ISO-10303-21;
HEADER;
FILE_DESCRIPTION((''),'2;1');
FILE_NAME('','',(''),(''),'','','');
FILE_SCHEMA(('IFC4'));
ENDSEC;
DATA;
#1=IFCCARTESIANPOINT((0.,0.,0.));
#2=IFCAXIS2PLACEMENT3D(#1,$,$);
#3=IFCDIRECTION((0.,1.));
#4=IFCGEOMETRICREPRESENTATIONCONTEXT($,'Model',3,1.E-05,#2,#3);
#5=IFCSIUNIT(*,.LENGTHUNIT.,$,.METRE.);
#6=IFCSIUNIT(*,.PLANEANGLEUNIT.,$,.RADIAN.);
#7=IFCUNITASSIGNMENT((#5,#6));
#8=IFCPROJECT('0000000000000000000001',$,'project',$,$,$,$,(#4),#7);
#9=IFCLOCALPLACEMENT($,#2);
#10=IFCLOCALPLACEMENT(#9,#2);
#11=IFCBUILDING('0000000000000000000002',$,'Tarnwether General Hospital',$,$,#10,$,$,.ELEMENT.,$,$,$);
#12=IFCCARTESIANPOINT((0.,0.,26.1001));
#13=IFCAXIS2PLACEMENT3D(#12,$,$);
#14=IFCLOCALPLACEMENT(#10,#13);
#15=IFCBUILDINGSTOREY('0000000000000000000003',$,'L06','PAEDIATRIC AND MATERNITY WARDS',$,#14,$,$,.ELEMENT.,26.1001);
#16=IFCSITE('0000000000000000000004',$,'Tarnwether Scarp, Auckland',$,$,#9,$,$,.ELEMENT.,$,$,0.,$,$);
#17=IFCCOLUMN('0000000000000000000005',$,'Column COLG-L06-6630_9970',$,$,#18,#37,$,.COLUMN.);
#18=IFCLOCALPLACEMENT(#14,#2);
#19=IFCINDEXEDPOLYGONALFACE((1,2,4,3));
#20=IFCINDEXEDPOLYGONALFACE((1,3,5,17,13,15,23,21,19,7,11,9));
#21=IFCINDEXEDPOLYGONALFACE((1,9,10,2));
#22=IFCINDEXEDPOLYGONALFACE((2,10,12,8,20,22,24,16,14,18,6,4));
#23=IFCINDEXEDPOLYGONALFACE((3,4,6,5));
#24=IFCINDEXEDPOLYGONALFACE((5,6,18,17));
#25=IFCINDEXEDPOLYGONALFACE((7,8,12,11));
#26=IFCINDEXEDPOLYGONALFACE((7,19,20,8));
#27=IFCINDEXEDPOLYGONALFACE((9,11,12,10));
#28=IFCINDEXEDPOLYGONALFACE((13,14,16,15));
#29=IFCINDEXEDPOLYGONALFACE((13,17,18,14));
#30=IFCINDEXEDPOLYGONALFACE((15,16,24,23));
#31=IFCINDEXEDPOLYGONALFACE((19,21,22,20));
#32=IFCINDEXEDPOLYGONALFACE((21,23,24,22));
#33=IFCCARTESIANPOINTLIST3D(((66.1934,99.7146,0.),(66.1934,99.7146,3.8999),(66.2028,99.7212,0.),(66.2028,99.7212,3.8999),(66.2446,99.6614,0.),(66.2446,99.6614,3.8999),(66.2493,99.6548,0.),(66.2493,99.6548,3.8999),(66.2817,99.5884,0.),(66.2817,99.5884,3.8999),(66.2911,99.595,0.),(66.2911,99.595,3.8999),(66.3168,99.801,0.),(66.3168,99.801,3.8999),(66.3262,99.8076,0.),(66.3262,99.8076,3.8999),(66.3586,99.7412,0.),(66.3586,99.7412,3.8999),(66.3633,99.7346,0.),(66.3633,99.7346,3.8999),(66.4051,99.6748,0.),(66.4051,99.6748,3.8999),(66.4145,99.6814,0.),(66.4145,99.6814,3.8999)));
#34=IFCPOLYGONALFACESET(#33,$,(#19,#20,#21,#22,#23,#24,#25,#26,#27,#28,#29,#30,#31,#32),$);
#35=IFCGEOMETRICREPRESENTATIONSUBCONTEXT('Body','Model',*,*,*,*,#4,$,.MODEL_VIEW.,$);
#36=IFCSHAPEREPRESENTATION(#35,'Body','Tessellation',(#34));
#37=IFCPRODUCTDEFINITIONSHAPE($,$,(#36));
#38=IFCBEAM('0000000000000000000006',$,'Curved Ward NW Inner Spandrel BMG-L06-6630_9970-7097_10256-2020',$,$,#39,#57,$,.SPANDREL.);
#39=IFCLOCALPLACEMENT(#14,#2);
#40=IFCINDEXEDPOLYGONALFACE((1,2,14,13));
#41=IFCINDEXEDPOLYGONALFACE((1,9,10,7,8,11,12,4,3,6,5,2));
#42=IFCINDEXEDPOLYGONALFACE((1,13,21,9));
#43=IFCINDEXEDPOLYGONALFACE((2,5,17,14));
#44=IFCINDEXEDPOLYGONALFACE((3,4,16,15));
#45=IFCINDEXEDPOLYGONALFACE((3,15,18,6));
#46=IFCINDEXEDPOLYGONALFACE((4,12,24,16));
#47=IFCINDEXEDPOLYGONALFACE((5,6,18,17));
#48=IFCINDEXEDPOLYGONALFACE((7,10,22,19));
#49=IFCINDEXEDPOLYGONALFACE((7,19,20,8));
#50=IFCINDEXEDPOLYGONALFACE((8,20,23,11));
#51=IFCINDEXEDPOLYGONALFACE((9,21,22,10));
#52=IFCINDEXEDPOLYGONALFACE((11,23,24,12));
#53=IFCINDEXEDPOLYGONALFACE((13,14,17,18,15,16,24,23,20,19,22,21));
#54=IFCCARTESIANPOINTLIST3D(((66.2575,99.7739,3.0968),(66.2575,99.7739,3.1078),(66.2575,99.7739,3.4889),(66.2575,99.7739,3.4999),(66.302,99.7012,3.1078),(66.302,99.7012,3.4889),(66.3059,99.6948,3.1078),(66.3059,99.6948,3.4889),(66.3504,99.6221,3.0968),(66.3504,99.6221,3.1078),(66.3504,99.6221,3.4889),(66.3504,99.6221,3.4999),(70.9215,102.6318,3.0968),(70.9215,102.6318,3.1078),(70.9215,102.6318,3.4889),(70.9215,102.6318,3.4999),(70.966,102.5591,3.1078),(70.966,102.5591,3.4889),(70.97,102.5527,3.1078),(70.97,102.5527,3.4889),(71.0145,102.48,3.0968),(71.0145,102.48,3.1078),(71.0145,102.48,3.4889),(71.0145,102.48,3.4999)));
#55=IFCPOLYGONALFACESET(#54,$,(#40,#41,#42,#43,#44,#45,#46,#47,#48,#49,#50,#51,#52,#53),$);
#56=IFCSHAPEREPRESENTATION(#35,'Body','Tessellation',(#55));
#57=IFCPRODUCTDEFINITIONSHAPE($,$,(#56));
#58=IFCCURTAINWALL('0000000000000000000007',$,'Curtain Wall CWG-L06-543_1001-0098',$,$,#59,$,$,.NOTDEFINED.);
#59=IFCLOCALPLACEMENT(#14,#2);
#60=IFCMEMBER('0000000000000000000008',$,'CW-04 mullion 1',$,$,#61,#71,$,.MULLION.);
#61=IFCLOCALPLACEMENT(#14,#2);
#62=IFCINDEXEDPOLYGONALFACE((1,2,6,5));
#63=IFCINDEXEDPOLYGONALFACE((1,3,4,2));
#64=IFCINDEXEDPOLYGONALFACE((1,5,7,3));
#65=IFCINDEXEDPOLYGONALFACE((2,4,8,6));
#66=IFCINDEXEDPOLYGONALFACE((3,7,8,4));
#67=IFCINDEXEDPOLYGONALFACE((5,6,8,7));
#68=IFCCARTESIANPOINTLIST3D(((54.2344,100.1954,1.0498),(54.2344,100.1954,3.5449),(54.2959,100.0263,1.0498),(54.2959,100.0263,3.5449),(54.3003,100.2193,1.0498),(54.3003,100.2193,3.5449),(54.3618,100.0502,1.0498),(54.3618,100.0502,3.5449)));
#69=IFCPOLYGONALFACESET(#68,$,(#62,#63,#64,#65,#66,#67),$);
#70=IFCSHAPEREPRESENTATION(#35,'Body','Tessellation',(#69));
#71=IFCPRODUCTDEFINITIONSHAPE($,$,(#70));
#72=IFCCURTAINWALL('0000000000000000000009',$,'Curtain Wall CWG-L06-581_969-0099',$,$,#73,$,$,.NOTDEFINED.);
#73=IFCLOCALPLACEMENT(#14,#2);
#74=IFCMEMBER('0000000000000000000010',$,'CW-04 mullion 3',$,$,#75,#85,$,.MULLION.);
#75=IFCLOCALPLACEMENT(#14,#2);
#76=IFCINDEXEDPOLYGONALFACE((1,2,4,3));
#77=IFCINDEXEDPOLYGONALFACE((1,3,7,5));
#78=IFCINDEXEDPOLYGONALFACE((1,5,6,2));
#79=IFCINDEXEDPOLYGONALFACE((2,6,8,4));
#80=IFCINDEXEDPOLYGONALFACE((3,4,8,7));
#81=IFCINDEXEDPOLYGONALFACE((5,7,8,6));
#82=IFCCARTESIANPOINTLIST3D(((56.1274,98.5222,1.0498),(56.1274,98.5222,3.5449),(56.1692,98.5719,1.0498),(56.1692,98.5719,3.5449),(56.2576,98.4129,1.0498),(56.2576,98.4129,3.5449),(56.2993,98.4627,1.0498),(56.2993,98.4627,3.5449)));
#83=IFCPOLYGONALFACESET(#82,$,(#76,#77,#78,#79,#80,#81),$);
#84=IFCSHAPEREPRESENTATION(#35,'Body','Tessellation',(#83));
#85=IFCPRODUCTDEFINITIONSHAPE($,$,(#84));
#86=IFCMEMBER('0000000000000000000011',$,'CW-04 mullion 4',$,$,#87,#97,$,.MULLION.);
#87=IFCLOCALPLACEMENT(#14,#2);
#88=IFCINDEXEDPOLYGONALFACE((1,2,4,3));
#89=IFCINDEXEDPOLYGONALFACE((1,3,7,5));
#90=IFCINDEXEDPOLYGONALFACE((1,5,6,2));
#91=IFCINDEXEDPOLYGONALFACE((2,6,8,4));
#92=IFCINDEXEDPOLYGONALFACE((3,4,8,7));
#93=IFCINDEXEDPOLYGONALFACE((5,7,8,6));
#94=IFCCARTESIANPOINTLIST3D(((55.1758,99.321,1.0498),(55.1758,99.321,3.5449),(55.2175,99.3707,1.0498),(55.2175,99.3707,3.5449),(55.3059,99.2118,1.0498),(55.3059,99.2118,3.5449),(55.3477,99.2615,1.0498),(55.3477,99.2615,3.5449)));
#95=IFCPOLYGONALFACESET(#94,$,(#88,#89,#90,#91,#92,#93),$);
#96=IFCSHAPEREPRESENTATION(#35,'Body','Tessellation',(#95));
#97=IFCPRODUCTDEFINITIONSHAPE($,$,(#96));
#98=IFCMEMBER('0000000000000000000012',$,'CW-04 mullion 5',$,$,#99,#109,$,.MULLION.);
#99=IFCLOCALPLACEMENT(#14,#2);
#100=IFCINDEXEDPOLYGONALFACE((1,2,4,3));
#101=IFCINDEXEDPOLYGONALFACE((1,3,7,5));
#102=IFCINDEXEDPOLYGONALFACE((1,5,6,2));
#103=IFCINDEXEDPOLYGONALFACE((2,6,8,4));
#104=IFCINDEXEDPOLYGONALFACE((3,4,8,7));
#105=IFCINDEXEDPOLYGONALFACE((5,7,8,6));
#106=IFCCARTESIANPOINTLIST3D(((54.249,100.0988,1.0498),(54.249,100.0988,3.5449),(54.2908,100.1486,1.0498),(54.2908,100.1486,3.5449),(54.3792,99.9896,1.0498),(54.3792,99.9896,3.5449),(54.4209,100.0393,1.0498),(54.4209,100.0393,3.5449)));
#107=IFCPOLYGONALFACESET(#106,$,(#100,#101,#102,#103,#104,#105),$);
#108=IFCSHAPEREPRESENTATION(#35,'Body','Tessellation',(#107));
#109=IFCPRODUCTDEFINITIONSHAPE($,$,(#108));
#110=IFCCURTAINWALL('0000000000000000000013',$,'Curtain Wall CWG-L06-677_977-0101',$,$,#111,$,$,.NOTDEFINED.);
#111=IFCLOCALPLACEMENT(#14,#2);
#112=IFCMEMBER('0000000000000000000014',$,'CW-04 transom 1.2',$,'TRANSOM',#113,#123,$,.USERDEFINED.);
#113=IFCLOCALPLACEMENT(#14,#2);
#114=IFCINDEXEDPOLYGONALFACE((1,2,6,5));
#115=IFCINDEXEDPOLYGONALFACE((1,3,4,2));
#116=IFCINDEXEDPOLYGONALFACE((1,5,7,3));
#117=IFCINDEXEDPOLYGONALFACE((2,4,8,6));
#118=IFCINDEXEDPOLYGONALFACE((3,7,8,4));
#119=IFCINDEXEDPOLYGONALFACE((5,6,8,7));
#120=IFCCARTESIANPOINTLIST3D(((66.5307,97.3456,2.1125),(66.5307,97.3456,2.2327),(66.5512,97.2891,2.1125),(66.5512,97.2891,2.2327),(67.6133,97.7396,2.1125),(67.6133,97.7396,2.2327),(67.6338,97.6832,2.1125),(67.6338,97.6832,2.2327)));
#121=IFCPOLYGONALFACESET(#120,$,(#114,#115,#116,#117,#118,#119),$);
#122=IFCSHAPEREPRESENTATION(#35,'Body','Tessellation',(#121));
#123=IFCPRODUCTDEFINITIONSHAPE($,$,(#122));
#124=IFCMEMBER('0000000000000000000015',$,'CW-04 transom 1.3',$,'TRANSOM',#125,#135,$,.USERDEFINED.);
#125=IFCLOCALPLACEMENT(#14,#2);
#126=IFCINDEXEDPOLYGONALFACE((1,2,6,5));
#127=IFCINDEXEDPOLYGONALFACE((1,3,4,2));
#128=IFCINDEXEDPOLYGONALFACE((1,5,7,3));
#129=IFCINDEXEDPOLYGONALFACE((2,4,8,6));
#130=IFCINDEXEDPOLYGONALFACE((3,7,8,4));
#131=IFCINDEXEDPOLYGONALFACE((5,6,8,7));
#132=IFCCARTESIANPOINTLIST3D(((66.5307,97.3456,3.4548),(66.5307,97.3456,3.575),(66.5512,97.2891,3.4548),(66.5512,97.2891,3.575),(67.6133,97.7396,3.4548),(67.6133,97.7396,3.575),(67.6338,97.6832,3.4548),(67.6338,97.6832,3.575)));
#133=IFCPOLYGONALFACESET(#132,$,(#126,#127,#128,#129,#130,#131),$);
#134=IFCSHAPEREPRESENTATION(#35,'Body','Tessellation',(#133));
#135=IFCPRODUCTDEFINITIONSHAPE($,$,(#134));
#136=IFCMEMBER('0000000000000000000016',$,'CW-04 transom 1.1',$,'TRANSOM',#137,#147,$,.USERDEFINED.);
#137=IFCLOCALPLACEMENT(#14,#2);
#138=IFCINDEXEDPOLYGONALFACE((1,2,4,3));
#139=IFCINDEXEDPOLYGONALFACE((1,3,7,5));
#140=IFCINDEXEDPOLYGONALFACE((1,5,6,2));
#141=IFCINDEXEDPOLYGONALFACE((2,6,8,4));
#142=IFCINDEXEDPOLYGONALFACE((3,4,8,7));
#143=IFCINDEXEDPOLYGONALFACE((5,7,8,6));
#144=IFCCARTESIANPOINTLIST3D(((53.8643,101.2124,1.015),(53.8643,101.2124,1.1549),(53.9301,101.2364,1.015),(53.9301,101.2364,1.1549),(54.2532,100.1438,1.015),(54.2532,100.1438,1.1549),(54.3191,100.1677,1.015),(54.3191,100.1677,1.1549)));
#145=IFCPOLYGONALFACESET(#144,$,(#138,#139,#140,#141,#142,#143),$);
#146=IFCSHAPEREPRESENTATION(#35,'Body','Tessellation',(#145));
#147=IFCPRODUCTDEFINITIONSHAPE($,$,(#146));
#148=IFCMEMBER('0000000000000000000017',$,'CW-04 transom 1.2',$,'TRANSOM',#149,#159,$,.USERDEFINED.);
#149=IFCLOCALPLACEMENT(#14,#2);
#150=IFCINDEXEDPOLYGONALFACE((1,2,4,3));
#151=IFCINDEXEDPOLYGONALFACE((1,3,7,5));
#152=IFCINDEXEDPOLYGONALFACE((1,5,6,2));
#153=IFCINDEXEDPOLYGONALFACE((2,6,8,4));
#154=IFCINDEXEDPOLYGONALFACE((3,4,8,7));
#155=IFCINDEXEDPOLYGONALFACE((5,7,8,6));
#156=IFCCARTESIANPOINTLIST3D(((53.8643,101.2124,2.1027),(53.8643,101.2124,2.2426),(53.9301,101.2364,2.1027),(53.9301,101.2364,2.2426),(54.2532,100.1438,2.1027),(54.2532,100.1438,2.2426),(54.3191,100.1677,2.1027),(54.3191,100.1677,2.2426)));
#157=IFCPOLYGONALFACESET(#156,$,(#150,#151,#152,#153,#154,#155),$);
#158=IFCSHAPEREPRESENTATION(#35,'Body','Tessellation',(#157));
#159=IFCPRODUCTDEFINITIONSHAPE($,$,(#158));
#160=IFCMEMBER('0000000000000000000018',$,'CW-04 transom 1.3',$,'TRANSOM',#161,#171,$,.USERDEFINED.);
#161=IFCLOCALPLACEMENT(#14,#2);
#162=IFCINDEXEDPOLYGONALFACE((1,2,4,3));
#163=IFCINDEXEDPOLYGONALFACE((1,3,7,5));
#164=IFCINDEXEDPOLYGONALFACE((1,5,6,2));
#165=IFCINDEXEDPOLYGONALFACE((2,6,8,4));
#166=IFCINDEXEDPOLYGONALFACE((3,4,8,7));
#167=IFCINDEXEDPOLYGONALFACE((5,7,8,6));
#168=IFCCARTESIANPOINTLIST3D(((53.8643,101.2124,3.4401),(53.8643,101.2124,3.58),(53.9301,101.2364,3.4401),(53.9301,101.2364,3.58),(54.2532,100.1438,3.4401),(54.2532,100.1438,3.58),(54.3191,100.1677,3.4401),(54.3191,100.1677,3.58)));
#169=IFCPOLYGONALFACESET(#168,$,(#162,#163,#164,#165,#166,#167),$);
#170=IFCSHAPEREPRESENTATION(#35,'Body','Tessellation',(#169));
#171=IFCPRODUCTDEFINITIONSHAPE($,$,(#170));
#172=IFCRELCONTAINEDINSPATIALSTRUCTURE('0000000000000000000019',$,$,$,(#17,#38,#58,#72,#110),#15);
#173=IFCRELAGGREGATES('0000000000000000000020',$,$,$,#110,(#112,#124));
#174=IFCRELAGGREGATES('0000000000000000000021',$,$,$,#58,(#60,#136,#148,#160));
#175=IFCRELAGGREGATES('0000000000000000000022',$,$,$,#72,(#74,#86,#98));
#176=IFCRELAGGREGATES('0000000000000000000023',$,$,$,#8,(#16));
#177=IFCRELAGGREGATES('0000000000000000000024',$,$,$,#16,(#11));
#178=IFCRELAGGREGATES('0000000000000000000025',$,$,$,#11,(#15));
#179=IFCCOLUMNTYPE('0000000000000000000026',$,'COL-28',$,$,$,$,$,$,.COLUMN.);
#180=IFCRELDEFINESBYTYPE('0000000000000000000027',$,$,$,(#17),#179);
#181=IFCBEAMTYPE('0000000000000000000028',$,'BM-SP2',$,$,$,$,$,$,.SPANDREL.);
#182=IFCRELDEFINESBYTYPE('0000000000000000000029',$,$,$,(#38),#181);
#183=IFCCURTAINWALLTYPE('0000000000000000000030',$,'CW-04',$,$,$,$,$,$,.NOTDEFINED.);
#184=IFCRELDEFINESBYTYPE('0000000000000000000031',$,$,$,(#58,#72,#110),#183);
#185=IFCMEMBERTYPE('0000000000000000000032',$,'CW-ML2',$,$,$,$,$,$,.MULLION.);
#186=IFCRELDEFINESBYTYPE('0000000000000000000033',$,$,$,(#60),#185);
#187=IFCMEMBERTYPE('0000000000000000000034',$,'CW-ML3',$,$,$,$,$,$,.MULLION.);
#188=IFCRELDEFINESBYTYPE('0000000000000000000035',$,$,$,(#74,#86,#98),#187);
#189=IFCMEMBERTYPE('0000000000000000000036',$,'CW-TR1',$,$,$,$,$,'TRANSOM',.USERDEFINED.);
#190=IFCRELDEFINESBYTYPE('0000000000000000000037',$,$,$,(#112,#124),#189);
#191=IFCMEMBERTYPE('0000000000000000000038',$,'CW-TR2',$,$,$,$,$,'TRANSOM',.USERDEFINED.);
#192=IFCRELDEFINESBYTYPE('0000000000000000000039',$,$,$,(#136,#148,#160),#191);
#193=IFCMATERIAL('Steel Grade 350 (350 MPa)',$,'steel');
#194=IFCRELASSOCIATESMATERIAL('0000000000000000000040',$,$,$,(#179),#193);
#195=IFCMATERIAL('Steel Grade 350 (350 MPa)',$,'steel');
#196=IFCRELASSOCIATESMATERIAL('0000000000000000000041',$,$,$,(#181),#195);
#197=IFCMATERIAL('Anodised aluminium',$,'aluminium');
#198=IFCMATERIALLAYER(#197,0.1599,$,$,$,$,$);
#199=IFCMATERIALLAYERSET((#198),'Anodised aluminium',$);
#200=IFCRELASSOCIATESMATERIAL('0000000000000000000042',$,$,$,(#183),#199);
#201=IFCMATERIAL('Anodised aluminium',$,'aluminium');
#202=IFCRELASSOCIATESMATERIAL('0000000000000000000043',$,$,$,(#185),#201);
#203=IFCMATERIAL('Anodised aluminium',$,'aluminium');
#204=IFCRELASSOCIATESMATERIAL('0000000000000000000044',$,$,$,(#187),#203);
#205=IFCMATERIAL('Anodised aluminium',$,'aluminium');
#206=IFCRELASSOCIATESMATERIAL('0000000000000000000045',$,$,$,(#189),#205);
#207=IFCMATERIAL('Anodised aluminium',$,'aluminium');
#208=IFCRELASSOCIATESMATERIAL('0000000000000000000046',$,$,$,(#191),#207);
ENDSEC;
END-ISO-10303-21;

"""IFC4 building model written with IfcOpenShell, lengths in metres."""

from ifc_helpers import new_model, si_unit, direction, frame, origin, origin_2d, place, context, subcontext, project, spatial, rectangle, i_section, extrude, material, layer, layer_set, material_profile, profile_set, type_object, element, aggregate, save


model = new_model("IFC4")

# Units and contexts
model_context = context("Model", 3, precision=1e-05, world=origin(), true_north=direction((0.0, 1.0)))
body_context = subcontext(model_context, "Body", "Model", "MODEL_VIEW")
ifc_project = project(units=[si_unit("LENGTHUNIT", "METRE"), si_unit("PLANEANGLEUNIT", "RADIAN")], contexts=[model_context])

# Site, building, storey
site_placement = place(None, origin())
site = spatial("IfcSite", under=ifc_project, at=site_placement, Name="Tarnwether Scarp, Auckland", CompositionType="ELEMENT", RefElevation=0.0)
building_placement = place(site_placement, origin())
building = spatial("IfcBuilding", under=site, at=building_placement, Name="Tarnwether General Hospital", CompositionType="ELEMENT")
storey_placement = place(building_placement, frame((0.0, 0.0, 26.1001)))
storey = spatial("IfcBuildingStorey", under=building, at=storey_placement, Name="L06", Description="PAEDIATRIC AND MATERNITY WARDS", CompositionType="ELEMENT", Elevation=26.1001)

# Column
ifc_material_1 = material(Name="Steel Grade 350 (350 MPa)", Category="steel")
ifc_material_profile_1 = material_profile(ifc_material_1, i_section(OverallWidth=0.1541, OverallDepth=0.1621, WebThickness=0.0081, FlangeThickness=0.0115, at=origin_2d()), Name="150UC37.2")
ifc_profile_set_1 = profile_set([ifc_material_profile_1], Name="Steel Grade 350 (350 MPa)")
column_type = type_object("IfcColumnType", Name="COL-28", PredefinedType="COLUMN", material=ifc_profile_set_1)
column_placement = place(storey_placement, frame((66.304, 99.698, 0.0), z_axis=(0.0, 0.0, 1.0), x_axis=(-0.573576, 0.819152, 0.0)))
element("IfcColumn", 1, at=column_placement, inside=storey, type_object=column_type, Name="Column COLG-L06-6630_9970", PredefinedType="COLUMN", context=body_context, shape_type="SweptSolid", body=[
    extrude(i_section(OverallWidth=0.1541, OverallDepth=0.1621, WebThickness=0.0081, FlangeThickness=0.0115, at=origin_2d()), origin(), (0.0, 0.0, 1.0), 3.8999),
])

# Beam
ifc_material_2 = material(Name="Steel Grade 350 (350 MPa)", Category="steel")
ifc_material_profile_2 = material_profile(ifc_material_2, i_section(OverallWidth=0.178, OverallDepth=0.4031, WebThickness=0.0076, FlangeThickness=0.011, at=origin_2d()), Name="410UB53.7")
ifc_profile_set_2 = profile_set([ifc_material_profile_2], Name="Steel Grade 350 (350 MPa)")
beam_type = type_object("IfcBeamType", Name="BM-SP2", PredefinedType="SPANDREL", material=ifc_profile_set_2)
beam_placement = place(storey_placement, frame((66.304, 99.698, 3.2983), z_axis=(0.852659, 0.522468, 0.0), x_axis=(-0.522468, 0.852659, 0.0)))
element("IfcBeam", 2, at=beam_placement, inside=storey, type_object=beam_type, Name="Curved Ward NW Inner Spandrel BMG-L06-6630_9970-7097_10256-2020", PredefinedType="SPANDREL", context=body_context, shape_type="SweptSolid", body=[
    extrude(i_section(OverallWidth=0.178, OverallDepth=0.4031, WebThickness=0.0076, FlangeThickness=0.011, at=origin_2d()), origin(), (0.0, 0.0, 1.0), 5.47),
])

# Curtain wall, member
ifc_material_3 = material(Name="Anodised aluminium", Category="aluminium")
ifc_layer_1 = layer(ifc_material_3, 0.1599)
ifc_layer_set_1 = layer_set([ifc_layer_1], Name="Anodised aluminium")
curtain_wall_type = type_object("IfcCurtainWallType", Name="CW-04", PredefinedType="NOTDEFINED", material=ifc_layer_set_1)
curtain_wall_1_placement = place(storey_placement, origin())
curtain_wall_1 = element("IfcCurtainWall", 3, at=curtain_wall_1_placement, inside=storey, type_object=curtain_wall_type, Name="Curtain Wall CWG-L06-543_1001-0098", PredefinedType="NOTDEFINED")
ifc_material_4 = material(Name="Anodised aluminium", Category="aluminium")
ifc_material_profile_3 = material_profile(ifc_material_4, rectangle(XDim=0.0701, YDim=0.1799, at=origin_2d()), Name="ALU-MUL-70x180")
ifc_profile_set_3 = profile_set([ifc_material_profile_3], Name="Anodised aluminium")
member_type_1 = type_object("IfcMemberType", Name="CW-ML2", PredefinedType="MULLION", material=ifc_profile_set_3)
member_1_placement = place(storey_placement, frame((54.2981, 100.1228, 1.0498), z_axis=(0.0, 0.0, 1.0), x_axis=(-0.939717, -0.341953, 0.0)))
member_1 = element("IfcMember", 4, at=member_1_placement, type_object=member_type_1, Name="CW-04 mullion 1", PredefinedType="MULLION", context=body_context, shape_type="SweptSolid", body=[
    extrude(rectangle(XDim=0.0701, YDim=0.1799, at=origin_2d()), origin(), (0.0, 0.0, 1.0), 2.4951),
])

# Curtain walls, members
curtain_wall_2_placement = place(storey_placement, origin())
curtain_wall_2 = element("IfcCurtainWall", 5, at=curtain_wall_2_placement, inside=storey, type_object=curtain_wall_type, Name="Curtain Wall CWG-L06-581_969-0099", PredefinedType="NOTDEFINED")
ifc_material_5 = material(Name="Anodised aluminium", Category="aluminium")
ifc_material_profile_4 = material_profile(ifc_material_5, rectangle(XDim=0.0649, YDim=0.1699, at=origin_2d()), Name="ALU-MUL-65x170")
ifc_profile_set_4 = profile_set([ifc_material_profile_4], Name="Anodised aluminium")
member_type_2 = type_object("IfcMemberType", Name="CW-ML3", PredefinedType="MULLION", material=ifc_profile_set_4)
member_2_placement = place(storey_placement, frame((56.2134, 98.4924, 1.0498), z_axis=(0.0, 0.0, 1.0), x_axis=(-0.642852, -0.76599, 0.0)))
member_2 = element("IfcMember", 6, at=member_2_placement, type_object=member_type_2, Name="CW-04 mullion 3", PredefinedType="MULLION", context=body_context, shape_type="SweptSolid", body=[
    extrude(rectangle(XDim=0.0649, YDim=0.1699, at=origin_2d()), origin(), (0.0, 0.0, 1.0), 2.4951),
])
member_3_placement = place(storey_placement, frame((55.2617, 99.2913, 1.0498), z_axis=(0.0, 0.0, 1.0), x_axis=(-0.642852, -0.76599, 0.0)))
member_3 = element("IfcMember", 7, at=member_3_placement, type_object=member_type_2, Name="CW-04 mullion 4", PredefinedType="MULLION", context=body_context, shape_type="SweptSolid", body=[
    extrude(rectangle(XDim=0.0649, YDim=0.1699, at=origin_2d()), origin(), (0.0, 0.0, 1.0), 2.4951),
])
member_4_placement = place(storey_placement, frame((54.335, 100.0691, 1.0498), z_axis=(0.0, 0.0, 1.0), x_axis=(-0.642852, -0.76599, 0.0)))
member_4 = element("IfcMember", 8, at=member_4_placement, type_object=member_type_2, Name="CW-04 mullion 5", PredefinedType="MULLION", context=body_context, shape_type="SweptSolid", body=[
    extrude(rectangle(XDim=0.0649, YDim=0.1699, at=origin_2d()), origin(), (0.0, 0.0, 1.0), 2.4951),
])
curtain_wall_3_placement = place(storey_placement, origin())
curtain_wall_3 = element("IfcCurtainWall", 9, at=curtain_wall_3_placement, inside=storey, type_object=curtain_wall_type, Name="Curtain Wall CWG-L06-677_977-0101", PredefinedType="NOTDEFINED")
ifc_material_6 = material(Name="Anodised aluminium", Category="aluminium")
ifc_material_profile_5 = material_profile(ifc_material_6, rectangle(XDim=0.0601, YDim=0.1201, at=origin_2d()), Name="ALU-TRN-60x120")
ifc_profile_set_5 = profile_set([ifc_material_profile_5], Name="Anodised aluminium")
member_type_3 = type_object("IfcMemberType", Name="CW-TR1", ElementType="TRANSOM", PredefinedType="USERDEFINED", material=ifc_profile_set_5)
member_5_placement = place(storey_placement, frame((67.6235, 97.7114, 2.1726), z_axis=(-0.939682, -0.342049, 0.0), x_axis=(0.342049, -0.939682, 0.0)))
member_5 = element("IfcMember", 10, at=member_5_placement, type_object=member_type_3, Name="CW-04 transom 1.2", ObjectType="TRANSOM", PredefinedType="USERDEFINED", context=body_context, shape_type="SweptSolid", body=[
    extrude(rectangle(XDim=0.0601, YDim=0.1201, at=origin_2d()), origin(), (0.0, 0.0, 1.0), 1.1521),
])
member_6_placement = place(storey_placement, frame((67.6235, 97.7114, 3.5149), z_axis=(-0.939682, -0.342049, 0.0), x_axis=(0.342049, -0.939682, 0.0)))
member_6 = element("IfcMember", 11, at=member_6_placement, type_object=member_type_3, Name="CW-04 transom 1.3", ObjectType="TRANSOM", PredefinedType="USERDEFINED", context=body_context, shape_type="SweptSolid", body=[
    extrude(rectangle(XDim=0.0601, YDim=0.1201, at=origin_2d()), origin(), (0.0, 0.0, 1.0), 1.1521),
])
aggregate(curtain_wall_3, [member_5, member_6])

# Members
ifc_material_7 = material(Name="Anodised aluminium", Category="aluminium")
ifc_material_profile_6 = material_profile(ifc_material_7, rectangle(XDim=0.0701, YDim=0.1399, at=origin_2d()), Name="ALU-TRN-70x140")
ifc_profile_set_6 = profile_set([ifc_material_profile_6], Name="Anodised aluminium")
member_type_4 = type_object("IfcMemberType", Name="CW-TR2", ElementType="TRANSOM", PredefinedType="USERDEFINED", material=ifc_profile_set_6)
member_7_placement = place(storey_placement, frame((54.2861, 100.1558, 1.085), z_axis=(-0.342002, 0.939699, 0.0), x_axis=(-0.939699, -0.342002, 0.0)))
member_7 = element("IfcMember", 12, at=member_7_placement, type_object=member_type_4, Name="CW-04 transom 1.1", ObjectType="TRANSOM", PredefinedType="USERDEFINED", context=body_context, shape_type="SweptSolid", body=[
    extrude(rectangle(XDim=0.0701, YDim=0.1399, at=origin_2d()), origin(), (0.0, 0.0, 1.0), 1.1372),
])
member_8_placement = place(storey_placement, frame((54.2861, 100.1558, 2.1726), z_axis=(-0.342002, 0.939699, 0.0), x_axis=(-0.939699, -0.342002, 0.0)))
member_8 = element("IfcMember", 13, at=member_8_placement, type_object=member_type_4, Name="CW-04 transom 1.2", ObjectType="TRANSOM", PredefinedType="USERDEFINED", context=body_context, shape_type="SweptSolid", body=[
    extrude(rectangle(XDim=0.0701, YDim=0.1399, at=origin_2d()), origin(), (0.0, 0.0, 1.0), 1.1372),
])
member_9_placement = place(storey_placement, frame((54.2861, 100.1558, 3.51), z_axis=(-0.342002, 0.939699, 0.0), x_axis=(-0.939699, -0.342002, 0.0)))
member_9 = element("IfcMember", 14, at=member_9_placement, type_object=member_type_4, Name="CW-04 transom 1.3", ObjectType="TRANSOM", PredefinedType="USERDEFINED", context=body_context, shape_type="SweptSolid", body=[
    extrude(rectangle(XDim=0.0701, YDim=0.1399, at=origin_2d()), origin(), (0.0, 0.0, 1.0), 1.1372),
])

aggregate(curtain_wall_1, [member_1, member_7, member_8, member_9])
aggregate(curtain_wall_2, [member_2, member_3, member_4])

save(model, "model.ifc")
